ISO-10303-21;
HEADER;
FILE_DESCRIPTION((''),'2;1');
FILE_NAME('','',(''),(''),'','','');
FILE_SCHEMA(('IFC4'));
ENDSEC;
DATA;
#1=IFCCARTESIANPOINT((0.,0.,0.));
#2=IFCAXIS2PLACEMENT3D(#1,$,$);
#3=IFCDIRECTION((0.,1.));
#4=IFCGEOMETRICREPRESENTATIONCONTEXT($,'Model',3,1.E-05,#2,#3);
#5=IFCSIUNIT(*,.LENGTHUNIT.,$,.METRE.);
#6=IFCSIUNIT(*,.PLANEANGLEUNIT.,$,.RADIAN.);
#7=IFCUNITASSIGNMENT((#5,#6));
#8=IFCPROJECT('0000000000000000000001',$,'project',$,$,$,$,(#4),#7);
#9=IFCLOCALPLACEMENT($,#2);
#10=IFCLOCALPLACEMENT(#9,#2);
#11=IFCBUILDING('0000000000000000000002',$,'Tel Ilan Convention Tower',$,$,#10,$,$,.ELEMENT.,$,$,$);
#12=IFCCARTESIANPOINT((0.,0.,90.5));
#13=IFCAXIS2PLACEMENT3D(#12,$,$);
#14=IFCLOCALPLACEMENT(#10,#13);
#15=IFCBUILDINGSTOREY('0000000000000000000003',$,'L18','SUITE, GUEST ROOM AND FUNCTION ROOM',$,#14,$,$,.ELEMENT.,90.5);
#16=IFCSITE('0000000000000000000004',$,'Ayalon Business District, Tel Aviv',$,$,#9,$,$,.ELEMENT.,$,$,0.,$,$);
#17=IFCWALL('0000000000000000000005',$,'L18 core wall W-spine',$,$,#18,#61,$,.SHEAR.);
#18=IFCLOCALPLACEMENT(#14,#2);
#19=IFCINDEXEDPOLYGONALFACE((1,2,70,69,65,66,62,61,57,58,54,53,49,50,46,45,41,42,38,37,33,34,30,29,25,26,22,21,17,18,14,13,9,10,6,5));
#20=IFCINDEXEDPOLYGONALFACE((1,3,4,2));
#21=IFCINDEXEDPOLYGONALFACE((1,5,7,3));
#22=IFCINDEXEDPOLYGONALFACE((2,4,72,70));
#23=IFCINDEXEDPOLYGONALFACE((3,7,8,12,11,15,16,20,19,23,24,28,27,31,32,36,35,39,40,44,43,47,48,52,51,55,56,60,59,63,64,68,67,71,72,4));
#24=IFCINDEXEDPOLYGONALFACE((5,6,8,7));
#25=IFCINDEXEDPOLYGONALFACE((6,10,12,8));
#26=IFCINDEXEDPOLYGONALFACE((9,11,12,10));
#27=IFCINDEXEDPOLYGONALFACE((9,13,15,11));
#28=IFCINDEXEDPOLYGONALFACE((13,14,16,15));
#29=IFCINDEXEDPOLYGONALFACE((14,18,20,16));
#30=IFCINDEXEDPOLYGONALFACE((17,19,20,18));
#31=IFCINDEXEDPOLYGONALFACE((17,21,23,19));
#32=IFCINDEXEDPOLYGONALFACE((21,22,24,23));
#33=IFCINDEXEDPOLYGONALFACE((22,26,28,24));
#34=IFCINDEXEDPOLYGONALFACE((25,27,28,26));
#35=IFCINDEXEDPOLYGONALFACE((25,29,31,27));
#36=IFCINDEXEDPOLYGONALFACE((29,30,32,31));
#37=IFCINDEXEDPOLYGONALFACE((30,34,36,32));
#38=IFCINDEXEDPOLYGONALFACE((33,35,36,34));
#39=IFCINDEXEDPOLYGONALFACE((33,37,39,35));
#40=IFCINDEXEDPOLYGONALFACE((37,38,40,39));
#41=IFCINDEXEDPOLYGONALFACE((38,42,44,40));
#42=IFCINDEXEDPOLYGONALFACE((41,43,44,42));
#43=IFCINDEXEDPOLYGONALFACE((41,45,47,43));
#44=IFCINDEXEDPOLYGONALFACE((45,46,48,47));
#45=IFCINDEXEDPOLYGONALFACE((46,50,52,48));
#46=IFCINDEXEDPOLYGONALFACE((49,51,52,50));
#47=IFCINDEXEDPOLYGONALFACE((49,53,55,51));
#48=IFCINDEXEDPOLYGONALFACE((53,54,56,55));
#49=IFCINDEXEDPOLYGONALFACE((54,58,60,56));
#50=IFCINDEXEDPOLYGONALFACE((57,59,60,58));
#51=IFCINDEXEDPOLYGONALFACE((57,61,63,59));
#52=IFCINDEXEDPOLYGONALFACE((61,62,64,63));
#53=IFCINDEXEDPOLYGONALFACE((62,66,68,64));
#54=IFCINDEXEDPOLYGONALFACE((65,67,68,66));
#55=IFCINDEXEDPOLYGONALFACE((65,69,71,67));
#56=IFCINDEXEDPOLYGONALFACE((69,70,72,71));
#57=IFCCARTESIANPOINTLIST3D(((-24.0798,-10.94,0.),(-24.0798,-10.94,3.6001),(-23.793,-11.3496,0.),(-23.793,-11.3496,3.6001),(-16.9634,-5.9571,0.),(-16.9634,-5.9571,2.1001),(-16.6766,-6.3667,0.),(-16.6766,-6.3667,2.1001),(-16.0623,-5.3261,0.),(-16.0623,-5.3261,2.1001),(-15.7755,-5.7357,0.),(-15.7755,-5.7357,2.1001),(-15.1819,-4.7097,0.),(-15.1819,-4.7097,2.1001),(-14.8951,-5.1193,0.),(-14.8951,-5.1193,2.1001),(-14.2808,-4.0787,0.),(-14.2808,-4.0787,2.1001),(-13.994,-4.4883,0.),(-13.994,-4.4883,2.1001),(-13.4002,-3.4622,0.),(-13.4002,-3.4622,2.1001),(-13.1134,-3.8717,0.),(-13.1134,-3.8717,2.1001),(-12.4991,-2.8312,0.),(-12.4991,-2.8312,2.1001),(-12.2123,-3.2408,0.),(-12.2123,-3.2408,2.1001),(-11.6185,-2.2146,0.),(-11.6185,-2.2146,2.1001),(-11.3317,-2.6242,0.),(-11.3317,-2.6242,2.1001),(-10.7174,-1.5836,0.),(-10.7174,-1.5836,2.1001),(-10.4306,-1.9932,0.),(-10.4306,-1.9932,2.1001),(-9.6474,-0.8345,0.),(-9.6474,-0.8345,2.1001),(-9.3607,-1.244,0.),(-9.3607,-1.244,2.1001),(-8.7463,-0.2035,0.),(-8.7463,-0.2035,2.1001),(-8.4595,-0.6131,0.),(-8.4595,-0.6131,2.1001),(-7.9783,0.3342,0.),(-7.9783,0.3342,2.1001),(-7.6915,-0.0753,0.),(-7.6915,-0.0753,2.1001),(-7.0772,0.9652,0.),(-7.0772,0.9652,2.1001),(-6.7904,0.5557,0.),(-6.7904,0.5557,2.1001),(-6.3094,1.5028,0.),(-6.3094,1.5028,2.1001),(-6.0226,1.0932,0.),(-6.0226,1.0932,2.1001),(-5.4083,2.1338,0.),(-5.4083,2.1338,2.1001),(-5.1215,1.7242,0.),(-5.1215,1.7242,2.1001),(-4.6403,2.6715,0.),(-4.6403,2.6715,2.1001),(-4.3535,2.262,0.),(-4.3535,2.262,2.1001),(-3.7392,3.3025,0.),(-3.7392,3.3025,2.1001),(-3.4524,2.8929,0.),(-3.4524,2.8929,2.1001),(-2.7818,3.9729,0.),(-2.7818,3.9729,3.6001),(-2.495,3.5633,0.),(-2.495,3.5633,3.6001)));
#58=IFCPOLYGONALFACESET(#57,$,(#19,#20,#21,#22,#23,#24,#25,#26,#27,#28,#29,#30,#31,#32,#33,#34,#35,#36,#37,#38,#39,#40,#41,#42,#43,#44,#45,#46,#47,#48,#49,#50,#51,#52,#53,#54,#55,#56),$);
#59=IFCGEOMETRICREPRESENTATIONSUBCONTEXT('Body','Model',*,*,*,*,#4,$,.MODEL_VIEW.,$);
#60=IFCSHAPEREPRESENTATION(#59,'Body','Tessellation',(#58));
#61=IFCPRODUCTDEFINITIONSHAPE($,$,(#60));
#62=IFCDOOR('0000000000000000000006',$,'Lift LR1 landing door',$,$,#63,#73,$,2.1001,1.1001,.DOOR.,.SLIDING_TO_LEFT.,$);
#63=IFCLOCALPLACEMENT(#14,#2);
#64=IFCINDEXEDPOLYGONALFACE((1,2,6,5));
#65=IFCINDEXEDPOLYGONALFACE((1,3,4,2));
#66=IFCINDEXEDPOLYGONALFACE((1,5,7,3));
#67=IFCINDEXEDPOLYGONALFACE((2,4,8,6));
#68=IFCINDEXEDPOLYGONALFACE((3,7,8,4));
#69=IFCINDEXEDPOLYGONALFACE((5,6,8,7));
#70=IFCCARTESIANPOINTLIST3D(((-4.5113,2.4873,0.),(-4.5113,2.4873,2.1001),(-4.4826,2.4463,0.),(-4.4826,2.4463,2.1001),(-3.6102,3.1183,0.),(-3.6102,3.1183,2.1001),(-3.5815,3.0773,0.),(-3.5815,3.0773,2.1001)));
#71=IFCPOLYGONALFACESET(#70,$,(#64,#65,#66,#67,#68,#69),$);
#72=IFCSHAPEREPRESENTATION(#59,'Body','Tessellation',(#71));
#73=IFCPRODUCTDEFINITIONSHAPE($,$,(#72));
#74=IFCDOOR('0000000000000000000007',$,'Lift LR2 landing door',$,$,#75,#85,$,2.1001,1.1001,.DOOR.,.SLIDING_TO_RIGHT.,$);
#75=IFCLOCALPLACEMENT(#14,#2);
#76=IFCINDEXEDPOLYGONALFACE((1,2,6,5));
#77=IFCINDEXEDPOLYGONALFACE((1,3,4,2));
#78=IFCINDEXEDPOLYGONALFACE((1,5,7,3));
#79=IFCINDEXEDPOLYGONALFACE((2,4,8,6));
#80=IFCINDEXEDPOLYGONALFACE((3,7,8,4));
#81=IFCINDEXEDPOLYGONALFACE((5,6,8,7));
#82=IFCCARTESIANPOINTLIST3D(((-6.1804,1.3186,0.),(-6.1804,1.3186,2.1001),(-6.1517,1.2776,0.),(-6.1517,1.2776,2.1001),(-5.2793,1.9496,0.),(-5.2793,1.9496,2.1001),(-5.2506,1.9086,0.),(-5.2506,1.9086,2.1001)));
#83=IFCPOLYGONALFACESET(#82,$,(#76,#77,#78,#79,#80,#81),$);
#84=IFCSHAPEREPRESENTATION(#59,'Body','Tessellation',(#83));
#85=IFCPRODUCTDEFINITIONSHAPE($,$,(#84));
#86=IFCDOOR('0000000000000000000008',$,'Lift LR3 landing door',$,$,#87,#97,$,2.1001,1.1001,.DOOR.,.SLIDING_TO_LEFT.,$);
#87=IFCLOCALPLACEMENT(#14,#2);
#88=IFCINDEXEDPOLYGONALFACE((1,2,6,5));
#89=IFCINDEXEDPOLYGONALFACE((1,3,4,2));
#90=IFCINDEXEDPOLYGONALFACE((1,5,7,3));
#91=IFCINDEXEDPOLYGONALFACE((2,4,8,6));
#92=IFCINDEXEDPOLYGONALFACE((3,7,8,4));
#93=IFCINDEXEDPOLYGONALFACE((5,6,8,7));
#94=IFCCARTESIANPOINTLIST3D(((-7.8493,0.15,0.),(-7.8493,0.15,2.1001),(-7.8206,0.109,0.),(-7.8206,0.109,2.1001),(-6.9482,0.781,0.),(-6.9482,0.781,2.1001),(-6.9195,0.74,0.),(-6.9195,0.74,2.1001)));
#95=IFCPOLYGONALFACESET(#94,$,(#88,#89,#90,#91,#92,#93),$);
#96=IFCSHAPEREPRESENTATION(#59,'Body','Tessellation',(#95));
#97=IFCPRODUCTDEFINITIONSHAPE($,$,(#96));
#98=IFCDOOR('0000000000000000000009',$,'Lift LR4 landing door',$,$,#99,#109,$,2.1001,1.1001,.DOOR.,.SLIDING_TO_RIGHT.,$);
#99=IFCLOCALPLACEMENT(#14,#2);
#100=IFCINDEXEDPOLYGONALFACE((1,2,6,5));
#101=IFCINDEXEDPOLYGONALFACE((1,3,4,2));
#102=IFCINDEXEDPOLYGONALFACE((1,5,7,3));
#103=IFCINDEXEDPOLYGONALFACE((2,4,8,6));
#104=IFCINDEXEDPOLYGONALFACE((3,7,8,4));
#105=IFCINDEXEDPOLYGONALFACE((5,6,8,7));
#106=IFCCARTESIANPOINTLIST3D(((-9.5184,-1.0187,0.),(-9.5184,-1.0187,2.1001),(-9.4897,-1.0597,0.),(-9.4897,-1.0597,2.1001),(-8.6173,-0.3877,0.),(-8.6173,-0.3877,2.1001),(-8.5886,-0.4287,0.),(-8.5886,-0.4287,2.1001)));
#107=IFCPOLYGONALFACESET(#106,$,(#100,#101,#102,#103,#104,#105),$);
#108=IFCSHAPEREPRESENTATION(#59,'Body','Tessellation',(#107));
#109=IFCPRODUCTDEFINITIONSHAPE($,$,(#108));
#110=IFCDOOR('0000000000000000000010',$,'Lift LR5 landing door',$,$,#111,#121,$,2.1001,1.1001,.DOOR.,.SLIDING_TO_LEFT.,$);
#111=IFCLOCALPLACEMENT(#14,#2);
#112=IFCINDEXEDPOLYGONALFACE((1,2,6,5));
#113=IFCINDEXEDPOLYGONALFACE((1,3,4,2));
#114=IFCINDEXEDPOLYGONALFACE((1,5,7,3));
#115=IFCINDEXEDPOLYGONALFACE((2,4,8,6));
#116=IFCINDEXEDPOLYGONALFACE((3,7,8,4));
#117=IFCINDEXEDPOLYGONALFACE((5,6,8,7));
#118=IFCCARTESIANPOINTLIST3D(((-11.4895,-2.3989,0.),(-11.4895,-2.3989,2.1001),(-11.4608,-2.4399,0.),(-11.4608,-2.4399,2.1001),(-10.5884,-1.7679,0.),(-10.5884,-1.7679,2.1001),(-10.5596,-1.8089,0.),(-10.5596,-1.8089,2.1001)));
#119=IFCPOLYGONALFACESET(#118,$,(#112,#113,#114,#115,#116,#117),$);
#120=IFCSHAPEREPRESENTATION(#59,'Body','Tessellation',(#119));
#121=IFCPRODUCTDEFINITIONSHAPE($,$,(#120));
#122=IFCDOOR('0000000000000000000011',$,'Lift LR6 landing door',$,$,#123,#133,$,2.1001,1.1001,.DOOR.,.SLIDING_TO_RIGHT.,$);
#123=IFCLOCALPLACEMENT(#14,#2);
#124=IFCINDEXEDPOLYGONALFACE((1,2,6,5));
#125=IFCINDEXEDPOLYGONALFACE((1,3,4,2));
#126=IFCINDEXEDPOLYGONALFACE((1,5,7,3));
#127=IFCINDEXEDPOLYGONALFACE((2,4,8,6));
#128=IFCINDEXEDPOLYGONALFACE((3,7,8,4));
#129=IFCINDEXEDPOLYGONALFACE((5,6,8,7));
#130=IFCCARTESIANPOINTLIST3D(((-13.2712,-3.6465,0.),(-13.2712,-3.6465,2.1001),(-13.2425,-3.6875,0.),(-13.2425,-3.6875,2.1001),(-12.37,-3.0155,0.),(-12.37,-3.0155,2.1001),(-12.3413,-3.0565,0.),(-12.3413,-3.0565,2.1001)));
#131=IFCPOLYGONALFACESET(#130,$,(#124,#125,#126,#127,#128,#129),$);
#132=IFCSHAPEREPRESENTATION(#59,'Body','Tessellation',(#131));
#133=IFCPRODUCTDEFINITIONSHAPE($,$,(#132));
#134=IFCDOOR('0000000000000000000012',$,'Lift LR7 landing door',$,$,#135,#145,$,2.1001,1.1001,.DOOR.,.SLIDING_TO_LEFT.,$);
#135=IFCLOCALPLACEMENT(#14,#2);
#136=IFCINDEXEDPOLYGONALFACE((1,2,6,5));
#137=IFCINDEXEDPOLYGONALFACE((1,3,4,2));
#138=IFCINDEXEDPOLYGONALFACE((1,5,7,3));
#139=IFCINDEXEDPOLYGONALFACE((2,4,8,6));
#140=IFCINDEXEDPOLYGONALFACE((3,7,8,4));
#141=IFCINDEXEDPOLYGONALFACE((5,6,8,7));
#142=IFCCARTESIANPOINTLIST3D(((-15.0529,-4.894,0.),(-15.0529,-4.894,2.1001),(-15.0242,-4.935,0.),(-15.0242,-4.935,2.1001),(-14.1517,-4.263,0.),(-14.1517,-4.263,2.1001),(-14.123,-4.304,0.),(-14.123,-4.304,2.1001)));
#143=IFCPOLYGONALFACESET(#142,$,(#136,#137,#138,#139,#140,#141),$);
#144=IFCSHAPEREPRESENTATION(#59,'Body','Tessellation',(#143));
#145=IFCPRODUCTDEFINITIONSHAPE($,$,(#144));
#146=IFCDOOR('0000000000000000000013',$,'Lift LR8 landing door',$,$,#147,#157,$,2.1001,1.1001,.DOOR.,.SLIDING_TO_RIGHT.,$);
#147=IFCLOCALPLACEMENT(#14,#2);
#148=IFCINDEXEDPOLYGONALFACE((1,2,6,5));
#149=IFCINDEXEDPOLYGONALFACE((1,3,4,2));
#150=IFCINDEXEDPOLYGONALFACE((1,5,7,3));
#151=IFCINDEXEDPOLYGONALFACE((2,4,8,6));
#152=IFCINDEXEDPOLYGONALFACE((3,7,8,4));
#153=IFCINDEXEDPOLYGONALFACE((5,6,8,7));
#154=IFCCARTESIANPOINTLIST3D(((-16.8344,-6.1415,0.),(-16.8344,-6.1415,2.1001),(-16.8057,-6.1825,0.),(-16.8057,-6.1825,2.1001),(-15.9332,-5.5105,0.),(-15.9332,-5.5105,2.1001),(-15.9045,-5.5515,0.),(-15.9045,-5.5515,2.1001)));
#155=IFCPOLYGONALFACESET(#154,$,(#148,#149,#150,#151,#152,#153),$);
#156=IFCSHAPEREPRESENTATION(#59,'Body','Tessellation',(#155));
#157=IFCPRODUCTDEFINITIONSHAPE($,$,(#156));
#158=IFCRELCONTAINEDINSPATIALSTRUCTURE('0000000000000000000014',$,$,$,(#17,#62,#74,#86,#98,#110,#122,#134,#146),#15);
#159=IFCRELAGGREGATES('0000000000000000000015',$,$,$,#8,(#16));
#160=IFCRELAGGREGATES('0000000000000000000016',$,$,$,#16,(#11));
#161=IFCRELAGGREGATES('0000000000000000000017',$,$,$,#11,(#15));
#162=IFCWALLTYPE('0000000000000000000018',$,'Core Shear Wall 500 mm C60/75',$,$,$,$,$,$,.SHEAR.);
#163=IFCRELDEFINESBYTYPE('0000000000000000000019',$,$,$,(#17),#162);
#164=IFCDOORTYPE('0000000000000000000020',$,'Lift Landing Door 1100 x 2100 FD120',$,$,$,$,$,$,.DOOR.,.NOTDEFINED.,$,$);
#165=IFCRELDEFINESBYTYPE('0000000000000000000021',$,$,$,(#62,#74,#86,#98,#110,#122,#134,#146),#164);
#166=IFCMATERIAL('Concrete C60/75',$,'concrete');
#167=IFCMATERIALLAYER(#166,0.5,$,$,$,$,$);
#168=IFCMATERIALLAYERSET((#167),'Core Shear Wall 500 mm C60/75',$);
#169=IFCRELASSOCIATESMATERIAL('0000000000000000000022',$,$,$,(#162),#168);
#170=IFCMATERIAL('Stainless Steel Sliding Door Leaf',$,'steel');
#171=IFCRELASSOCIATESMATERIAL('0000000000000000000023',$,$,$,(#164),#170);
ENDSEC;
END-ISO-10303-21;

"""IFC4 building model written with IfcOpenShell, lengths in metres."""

from ifc_helpers import new_model, si_unit, direction, frame, frame_2d, origin, place, context, subcontext, project, spatial, polyline, rectangle, outline, extrude, material, layer, layer_set, type_object, element, fill, save


model = new_model("IFC4")

# Units and contexts
model_context = context("Model", 3, precision=1e-05, world=origin(), true_north=direction((0.0, 1.0)))
body_context = subcontext(model_context, "Body", "Model", "MODEL_VIEW")
ifc_project = project(units=[si_unit("LENGTHUNIT", "METRE"), si_unit("PLANEANGLEUNIT", "RADIAN")], contexts=[model_context])

# Site, building, storey
site_placement = place(None, origin())
site = spatial("IfcSite", under=ifc_project, at=site_placement, Name="Ayalon Business District, Tel Aviv", CompositionType="ELEMENT", RefElevation=0.0)
building_placement = place(site_placement, origin())
building = spatial("IfcBuilding", under=site, at=building_placement, Name="Tel Ilan Convention Tower", CompositionType="ELEMENT")
storey_placement = place(building_placement, frame((0.0, 0.0, 90.5)))
storey = spatial("IfcBuildingStorey", under=building, at=storey_placement, Name="L18", Description="SUITE, GUEST ROOM AND FUNCTION ROOM", CompositionType="ELEMENT", Elevation=90.5)

# Wall, openings, doors
ifc_material_1 = material(Name="Concrete C60/75", Category="concrete")
ifc_layer_1 = layer(ifc_material_1, 0.5)
ifc_layer_set_1 = layer_set([ifc_layer_1], Name="Core Shear Wall 500 mm C60/75")
wall_type_1 = type_object("IfcWallType", Name="Core Shear Wall 500 mm C60/75", PredefinedType="SHEAR", material=ifc_layer_set_1)
wall_1_placement = place(storey_placement, frame((-2.6384, 3.7681, 0.0), z_axis=(0.0, 0.0, 1.0), x_axis=(-0.819149, -0.573581, 0.0)))
wall_1 = element("IfcWall", 1, at=wall_1_placement, inside=storey, type_object=wall_type_1, Name="L18 core wall W-spine", PredefinedType="SHEAR", context=body_context, shape_type="SweptSolid", body=[
    extrude(outline(polyline([(26.0, 0.2498), (0.0, 0.25), (0.0, -0.25), (26.0, -0.2502), (26.0, 0.2498)])), origin(), (0.0, 0.0, 1.0), 3.6001),
])
opening_1_placement = place(wall_1_placement, frame((1.1687, 0.0, 0.0)))
opening_1 = element("IfcOpeningElement", 2, at=opening_1_placement, cuts=wall_1, PredefinedType="OPENING", context=body_context, shape_type="SweptSolid", body=[
    extrude(rectangle(XDim=1.1001, YDim=2.1001, at=frame_2d((0.55, 1.05))), frame((0.0, 0.26, 0.0), z_axis=(0.0, -1.0, 0.0), x_axis=(1.0, 0.0, 0.0)), (0.0, 0.0, 1.0), 0.52),
])
opening_2_placement = place(wall_1_placement, frame((3.2063, 0.0, 0.0)))
opening_2 = element("IfcOpeningElement", 3, at=opening_2_placement, cuts=wall_1, PredefinedType="OPENING", context=body_context, shape_type="SweptSolid", body=[
    extrude(rectangle(XDim=1.1001, YDim=2.1001, at=frame_2d((0.55, 1.05))), frame((0.0, 0.26, 0.0), z_axis=(0.0, -1.0, 0.0), x_axis=(1.0, 0.0, 0.0)), (0.0, 0.0, 1.0), 0.52),
])
opening_3_placement = place(wall_1_placement, frame((5.2437, 0.0, 0.0)))
opening_3 = element("IfcOpeningElement", 4, at=opening_3_placement, cuts=wall_1, PredefinedType="OPENING", context=body_context, shape_type="SweptSolid", body=[
    extrude(rectangle(XDim=1.1001, YDim=2.1001, at=frame_2d((0.55, 1.05))), frame((0.0, 0.26, 0.0), z_axis=(0.0, -1.0, 0.0), x_axis=(1.0, 0.0, 0.0)), (0.0, 0.0, 1.0), 0.52),
])
opening_4_placement = place(wall_1_placement, frame((7.2812, 0.0, 0.0)))
opening_4 = element("IfcOpeningElement", 5, at=opening_4_placement, cuts=wall_1, PredefinedType="OPENING", context=body_context, shape_type="SweptSolid", body=[
    extrude(rectangle(XDim=1.1001, YDim=2.1001, at=frame_2d((0.55, 1.05))), frame((0.0, 0.26, 0.0), z_axis=(0.0, -1.0, 0.0), x_axis=(1.0, 0.0, 0.0)), (0.0, 0.0, 1.0), 0.52),
])
opening_5_placement = place(wall_1_placement, frame((9.6875, 0.0, 0.0)))
opening_5 = element("IfcOpeningElement", 6, at=opening_5_placement, cuts=wall_1, PredefinedType="OPENING", context=body_context, shape_type="SweptSolid", body=[
    extrude(rectangle(XDim=1.1001, YDim=2.1001, at=frame_2d((0.55, 1.05))), frame((0.0, 0.26, 0.0), z_axis=(0.0, -1.0, 0.0), x_axis=(1.0, 0.0, 0.0)), (0.0, 0.0, 1.0), 0.52),
])
opening_6_placement = place(wall_1_placement, frame((11.8625, 0.0, 0.0)))
opening_6 = element("IfcOpeningElement", 7, at=opening_6_placement, cuts=wall_1, PredefinedType="OPENING", context=body_context, shape_type="SweptSolid", body=[
    extrude(rectangle(XDim=1.1001, YDim=2.1001, at=frame_2d((0.55, 1.05))), frame((0.0, 0.26, 0.0), z_axis=(0.0, -1.0, 0.0), x_axis=(1.0, 0.0, 0.0)), (0.0, 0.0, 1.0), 0.52),
])
opening_7_placement = place(wall_1_placement, frame((14.0376, 0.0, 0.0)))
opening_7 = element("IfcOpeningElement", 8, at=opening_7_placement, cuts=wall_1, PredefinedType="OPENING", context=body_context, shape_type="SweptSolid", body=[
    extrude(rectangle(XDim=1.1001, YDim=2.1001, at=frame_2d((0.55, 1.05))), frame((0.0, 0.26, 0.0), z_axis=(0.0, -1.0, 0.0), x_axis=(1.0, 0.0, 0.0)), (0.0, 0.0, 1.0), 0.52),
])
opening_8_placement = place(wall_1_placement, frame((16.2124, 0.0, 0.0)))
opening_8 = element("IfcOpeningElement", 9, at=opening_8_placement, cuts=wall_1, PredefinedType="OPENING", context=body_context, shape_type="SweptSolid", body=[
    extrude(rectangle(XDim=1.1001, YDim=2.1001, at=frame_2d((0.55, 1.05))), frame((0.0, 0.26, 0.0), z_axis=(0.0, -1.0, 0.0), x_axis=(1.0, 0.0, 0.0)), (0.0, 0.0, 1.0), 0.52),
])
ifc_material_2 = material(Name="Stainless Steel Sliding Door Leaf", Category="steel")
door_type_1 = type_object("IfcDoorType", Name="Lift Landing Door 1100 x 2100 FD120", OperationType="NOTDEFINED", PredefinedType="DOOR", material=ifc_material_2)
door_1_placement = place(opening_1_placement, origin())
door_1 = element("IfcDoor", 10, at=door_1_placement, inside=storey, type_object=door_type_1, Name="Lift LR1 landing door", OperationType="SLIDING_TO_LEFT", OverallHeight=2.1001, OverallWidth=1.1001, PredefinedType="DOOR", context=body_context, shape_type="SweptSolid", body=[
    extrude(rectangle(XDim=1.1001, YDim=2.1001, at=frame_2d((0.55, 1.05))), frame((0.0, 0.0249, 0.0), z_axis=(0.0, -1.0, 0.0), x_axis=(1.0, 0.0, 0.0)), (0.0, 0.0, 1.0), 0.05),
])
fill(opening_1, door_1)
door_2_placement = place(opening_2_placement, origin())
door_2 = element("IfcDoor", 11, at=door_2_placement, inside=storey, type_object=door_type_1, Name="Lift LR2 landing door", OperationType="SLIDING_TO_RIGHT", OverallHeight=2.1001, OverallWidth=1.1001, PredefinedType="DOOR", context=body_context, shape_type="SweptSolid", body=[
    extrude(rectangle(XDim=1.1001, YDim=2.1001, at=frame_2d((0.55, 1.05))), frame((0.0, 0.0249, 0.0), z_axis=(0.0, -1.0, 0.0), x_axis=(1.0, 0.0, 0.0)), (0.0, 0.0, 1.0), 0.05),
])
fill(opening_2, door_2)
door_3_placement = place(opening_3_placement, origin())
door_3 = element("IfcDoor", 12, at=door_3_placement, inside=storey, type_object=door_type_1, Name="Lift LR3 landing door", OperationType="SLIDING_TO_LEFT", OverallHeight=2.1001, OverallWidth=1.1001, PredefinedType="DOOR", context=body_context, shape_type="SweptSolid", body=[
    extrude(rectangle(XDim=1.1001, YDim=2.1001, at=frame_2d((0.55, 1.05))), frame((0.0, 0.0249, 0.0), z_axis=(0.0, -1.0, 0.0), x_axis=(1.0, 0.0, 0.0)), (0.0, 0.0, 1.0), 0.05),
])
fill(opening_3, door_3)
door_4_placement = place(opening_4_placement, origin())
door_4 = element("IfcDoor", 13, at=door_4_placement, inside=storey, type_object=door_type_1, Name="Lift LR4 landing door", OperationType="SLIDING_TO_RIGHT", OverallHeight=2.1001, OverallWidth=1.1001, PredefinedType="DOOR", context=body_context, shape_type="SweptSolid", body=[
    extrude(rectangle(XDim=1.1001, YDim=2.1001, at=frame_2d((0.55, 1.05))), frame((0.0, 0.0249, 0.0), z_axis=(0.0, -1.0, 0.0), x_axis=(1.0, 0.0, 0.0)), (0.0, 0.0, 1.0), 0.05),
])
fill(opening_4, door_4)
door_5_placement = place(opening_5_placement, origin())
door_5 = element("IfcDoor", 14, at=door_5_placement, inside=storey, type_object=door_type_1, Name="Lift LR5 landing door", OperationType="SLIDING_TO_LEFT", OverallHeight=2.1001, OverallWidth=1.1001, PredefinedType="DOOR", context=body_context, shape_type="SweptSolid", body=[
    extrude(rectangle(XDim=1.1001, YDim=2.1001, at=frame_2d((0.55, 1.05))), frame((0.0, 0.0249, 0.0), z_axis=(0.0, -1.0, 0.0), x_axis=(1.0, 0.0, 0.0)), (0.0, 0.0, 1.0), 0.05),
])
fill(opening_5, door_5)
door_6_placement = place(opening_6_placement, origin())
door_6 = element("IfcDoor", 15, at=door_6_placement, inside=storey, type_object=door_type_1, Name="Lift LR6 landing door", OperationType="SLIDING_TO_RIGHT", OverallHeight=2.1001, OverallWidth=1.1001, PredefinedType="DOOR", context=body_context, shape_type="SweptSolid", body=[
    extrude(rectangle(XDim=1.1001, YDim=2.1001, at=frame_2d((0.55, 1.05))), frame((0.0, 0.0249, 0.0), z_axis=(0.0, -1.0, 0.0), x_axis=(1.0, 0.0, 0.0)), (0.0, 0.0, 1.0), 0.05),
])
fill(opening_6, door_6)
door_7_placement = place(opening_7_placement, origin())
door_7 = element("IfcDoor", 16, at=door_7_placement, inside=storey, type_object=door_type_1, Name="Lift LR7 landing door", OperationType="SLIDING_TO_LEFT", OverallHeight=2.1001, OverallWidth=1.1001, PredefinedType="DOOR", context=body_context, shape_type="SweptSolid", body=[
    extrude(rectangle(XDim=1.1001, YDim=2.1001, at=frame_2d((0.55, 1.05))), frame((0.0, 0.0249, 0.0), z_axis=(0.0, -1.0, 0.0), x_axis=(1.0, 0.0, 0.0)), (0.0, 0.0, 1.0), 0.05),
])
fill(opening_7, door_7)
door_8_placement = place(opening_8_placement, origin())
door_8 = element("IfcDoor", 17, at=door_8_placement, inside=storey, type_object=door_type_1, Name="Lift LR8 landing door", OperationType="SLIDING_TO_RIGHT", OverallHeight=2.1001, OverallWidth=1.1001, PredefinedType="DOOR", context=body_context, shape_type="SweptSolid", body=[
    extrude(rectangle(XDim=1.1001, YDim=2.1001, at=frame_2d((0.55, 1.05))), frame((0.0, 0.0249, 0.0), z_axis=(0.0, -1.0, 0.0), x_axis=(1.0, 0.0, 0.0)), (0.0, 0.0, 1.0), 0.05),
])
fill(opening_8, door_8)

save(model, "model.ifc")
